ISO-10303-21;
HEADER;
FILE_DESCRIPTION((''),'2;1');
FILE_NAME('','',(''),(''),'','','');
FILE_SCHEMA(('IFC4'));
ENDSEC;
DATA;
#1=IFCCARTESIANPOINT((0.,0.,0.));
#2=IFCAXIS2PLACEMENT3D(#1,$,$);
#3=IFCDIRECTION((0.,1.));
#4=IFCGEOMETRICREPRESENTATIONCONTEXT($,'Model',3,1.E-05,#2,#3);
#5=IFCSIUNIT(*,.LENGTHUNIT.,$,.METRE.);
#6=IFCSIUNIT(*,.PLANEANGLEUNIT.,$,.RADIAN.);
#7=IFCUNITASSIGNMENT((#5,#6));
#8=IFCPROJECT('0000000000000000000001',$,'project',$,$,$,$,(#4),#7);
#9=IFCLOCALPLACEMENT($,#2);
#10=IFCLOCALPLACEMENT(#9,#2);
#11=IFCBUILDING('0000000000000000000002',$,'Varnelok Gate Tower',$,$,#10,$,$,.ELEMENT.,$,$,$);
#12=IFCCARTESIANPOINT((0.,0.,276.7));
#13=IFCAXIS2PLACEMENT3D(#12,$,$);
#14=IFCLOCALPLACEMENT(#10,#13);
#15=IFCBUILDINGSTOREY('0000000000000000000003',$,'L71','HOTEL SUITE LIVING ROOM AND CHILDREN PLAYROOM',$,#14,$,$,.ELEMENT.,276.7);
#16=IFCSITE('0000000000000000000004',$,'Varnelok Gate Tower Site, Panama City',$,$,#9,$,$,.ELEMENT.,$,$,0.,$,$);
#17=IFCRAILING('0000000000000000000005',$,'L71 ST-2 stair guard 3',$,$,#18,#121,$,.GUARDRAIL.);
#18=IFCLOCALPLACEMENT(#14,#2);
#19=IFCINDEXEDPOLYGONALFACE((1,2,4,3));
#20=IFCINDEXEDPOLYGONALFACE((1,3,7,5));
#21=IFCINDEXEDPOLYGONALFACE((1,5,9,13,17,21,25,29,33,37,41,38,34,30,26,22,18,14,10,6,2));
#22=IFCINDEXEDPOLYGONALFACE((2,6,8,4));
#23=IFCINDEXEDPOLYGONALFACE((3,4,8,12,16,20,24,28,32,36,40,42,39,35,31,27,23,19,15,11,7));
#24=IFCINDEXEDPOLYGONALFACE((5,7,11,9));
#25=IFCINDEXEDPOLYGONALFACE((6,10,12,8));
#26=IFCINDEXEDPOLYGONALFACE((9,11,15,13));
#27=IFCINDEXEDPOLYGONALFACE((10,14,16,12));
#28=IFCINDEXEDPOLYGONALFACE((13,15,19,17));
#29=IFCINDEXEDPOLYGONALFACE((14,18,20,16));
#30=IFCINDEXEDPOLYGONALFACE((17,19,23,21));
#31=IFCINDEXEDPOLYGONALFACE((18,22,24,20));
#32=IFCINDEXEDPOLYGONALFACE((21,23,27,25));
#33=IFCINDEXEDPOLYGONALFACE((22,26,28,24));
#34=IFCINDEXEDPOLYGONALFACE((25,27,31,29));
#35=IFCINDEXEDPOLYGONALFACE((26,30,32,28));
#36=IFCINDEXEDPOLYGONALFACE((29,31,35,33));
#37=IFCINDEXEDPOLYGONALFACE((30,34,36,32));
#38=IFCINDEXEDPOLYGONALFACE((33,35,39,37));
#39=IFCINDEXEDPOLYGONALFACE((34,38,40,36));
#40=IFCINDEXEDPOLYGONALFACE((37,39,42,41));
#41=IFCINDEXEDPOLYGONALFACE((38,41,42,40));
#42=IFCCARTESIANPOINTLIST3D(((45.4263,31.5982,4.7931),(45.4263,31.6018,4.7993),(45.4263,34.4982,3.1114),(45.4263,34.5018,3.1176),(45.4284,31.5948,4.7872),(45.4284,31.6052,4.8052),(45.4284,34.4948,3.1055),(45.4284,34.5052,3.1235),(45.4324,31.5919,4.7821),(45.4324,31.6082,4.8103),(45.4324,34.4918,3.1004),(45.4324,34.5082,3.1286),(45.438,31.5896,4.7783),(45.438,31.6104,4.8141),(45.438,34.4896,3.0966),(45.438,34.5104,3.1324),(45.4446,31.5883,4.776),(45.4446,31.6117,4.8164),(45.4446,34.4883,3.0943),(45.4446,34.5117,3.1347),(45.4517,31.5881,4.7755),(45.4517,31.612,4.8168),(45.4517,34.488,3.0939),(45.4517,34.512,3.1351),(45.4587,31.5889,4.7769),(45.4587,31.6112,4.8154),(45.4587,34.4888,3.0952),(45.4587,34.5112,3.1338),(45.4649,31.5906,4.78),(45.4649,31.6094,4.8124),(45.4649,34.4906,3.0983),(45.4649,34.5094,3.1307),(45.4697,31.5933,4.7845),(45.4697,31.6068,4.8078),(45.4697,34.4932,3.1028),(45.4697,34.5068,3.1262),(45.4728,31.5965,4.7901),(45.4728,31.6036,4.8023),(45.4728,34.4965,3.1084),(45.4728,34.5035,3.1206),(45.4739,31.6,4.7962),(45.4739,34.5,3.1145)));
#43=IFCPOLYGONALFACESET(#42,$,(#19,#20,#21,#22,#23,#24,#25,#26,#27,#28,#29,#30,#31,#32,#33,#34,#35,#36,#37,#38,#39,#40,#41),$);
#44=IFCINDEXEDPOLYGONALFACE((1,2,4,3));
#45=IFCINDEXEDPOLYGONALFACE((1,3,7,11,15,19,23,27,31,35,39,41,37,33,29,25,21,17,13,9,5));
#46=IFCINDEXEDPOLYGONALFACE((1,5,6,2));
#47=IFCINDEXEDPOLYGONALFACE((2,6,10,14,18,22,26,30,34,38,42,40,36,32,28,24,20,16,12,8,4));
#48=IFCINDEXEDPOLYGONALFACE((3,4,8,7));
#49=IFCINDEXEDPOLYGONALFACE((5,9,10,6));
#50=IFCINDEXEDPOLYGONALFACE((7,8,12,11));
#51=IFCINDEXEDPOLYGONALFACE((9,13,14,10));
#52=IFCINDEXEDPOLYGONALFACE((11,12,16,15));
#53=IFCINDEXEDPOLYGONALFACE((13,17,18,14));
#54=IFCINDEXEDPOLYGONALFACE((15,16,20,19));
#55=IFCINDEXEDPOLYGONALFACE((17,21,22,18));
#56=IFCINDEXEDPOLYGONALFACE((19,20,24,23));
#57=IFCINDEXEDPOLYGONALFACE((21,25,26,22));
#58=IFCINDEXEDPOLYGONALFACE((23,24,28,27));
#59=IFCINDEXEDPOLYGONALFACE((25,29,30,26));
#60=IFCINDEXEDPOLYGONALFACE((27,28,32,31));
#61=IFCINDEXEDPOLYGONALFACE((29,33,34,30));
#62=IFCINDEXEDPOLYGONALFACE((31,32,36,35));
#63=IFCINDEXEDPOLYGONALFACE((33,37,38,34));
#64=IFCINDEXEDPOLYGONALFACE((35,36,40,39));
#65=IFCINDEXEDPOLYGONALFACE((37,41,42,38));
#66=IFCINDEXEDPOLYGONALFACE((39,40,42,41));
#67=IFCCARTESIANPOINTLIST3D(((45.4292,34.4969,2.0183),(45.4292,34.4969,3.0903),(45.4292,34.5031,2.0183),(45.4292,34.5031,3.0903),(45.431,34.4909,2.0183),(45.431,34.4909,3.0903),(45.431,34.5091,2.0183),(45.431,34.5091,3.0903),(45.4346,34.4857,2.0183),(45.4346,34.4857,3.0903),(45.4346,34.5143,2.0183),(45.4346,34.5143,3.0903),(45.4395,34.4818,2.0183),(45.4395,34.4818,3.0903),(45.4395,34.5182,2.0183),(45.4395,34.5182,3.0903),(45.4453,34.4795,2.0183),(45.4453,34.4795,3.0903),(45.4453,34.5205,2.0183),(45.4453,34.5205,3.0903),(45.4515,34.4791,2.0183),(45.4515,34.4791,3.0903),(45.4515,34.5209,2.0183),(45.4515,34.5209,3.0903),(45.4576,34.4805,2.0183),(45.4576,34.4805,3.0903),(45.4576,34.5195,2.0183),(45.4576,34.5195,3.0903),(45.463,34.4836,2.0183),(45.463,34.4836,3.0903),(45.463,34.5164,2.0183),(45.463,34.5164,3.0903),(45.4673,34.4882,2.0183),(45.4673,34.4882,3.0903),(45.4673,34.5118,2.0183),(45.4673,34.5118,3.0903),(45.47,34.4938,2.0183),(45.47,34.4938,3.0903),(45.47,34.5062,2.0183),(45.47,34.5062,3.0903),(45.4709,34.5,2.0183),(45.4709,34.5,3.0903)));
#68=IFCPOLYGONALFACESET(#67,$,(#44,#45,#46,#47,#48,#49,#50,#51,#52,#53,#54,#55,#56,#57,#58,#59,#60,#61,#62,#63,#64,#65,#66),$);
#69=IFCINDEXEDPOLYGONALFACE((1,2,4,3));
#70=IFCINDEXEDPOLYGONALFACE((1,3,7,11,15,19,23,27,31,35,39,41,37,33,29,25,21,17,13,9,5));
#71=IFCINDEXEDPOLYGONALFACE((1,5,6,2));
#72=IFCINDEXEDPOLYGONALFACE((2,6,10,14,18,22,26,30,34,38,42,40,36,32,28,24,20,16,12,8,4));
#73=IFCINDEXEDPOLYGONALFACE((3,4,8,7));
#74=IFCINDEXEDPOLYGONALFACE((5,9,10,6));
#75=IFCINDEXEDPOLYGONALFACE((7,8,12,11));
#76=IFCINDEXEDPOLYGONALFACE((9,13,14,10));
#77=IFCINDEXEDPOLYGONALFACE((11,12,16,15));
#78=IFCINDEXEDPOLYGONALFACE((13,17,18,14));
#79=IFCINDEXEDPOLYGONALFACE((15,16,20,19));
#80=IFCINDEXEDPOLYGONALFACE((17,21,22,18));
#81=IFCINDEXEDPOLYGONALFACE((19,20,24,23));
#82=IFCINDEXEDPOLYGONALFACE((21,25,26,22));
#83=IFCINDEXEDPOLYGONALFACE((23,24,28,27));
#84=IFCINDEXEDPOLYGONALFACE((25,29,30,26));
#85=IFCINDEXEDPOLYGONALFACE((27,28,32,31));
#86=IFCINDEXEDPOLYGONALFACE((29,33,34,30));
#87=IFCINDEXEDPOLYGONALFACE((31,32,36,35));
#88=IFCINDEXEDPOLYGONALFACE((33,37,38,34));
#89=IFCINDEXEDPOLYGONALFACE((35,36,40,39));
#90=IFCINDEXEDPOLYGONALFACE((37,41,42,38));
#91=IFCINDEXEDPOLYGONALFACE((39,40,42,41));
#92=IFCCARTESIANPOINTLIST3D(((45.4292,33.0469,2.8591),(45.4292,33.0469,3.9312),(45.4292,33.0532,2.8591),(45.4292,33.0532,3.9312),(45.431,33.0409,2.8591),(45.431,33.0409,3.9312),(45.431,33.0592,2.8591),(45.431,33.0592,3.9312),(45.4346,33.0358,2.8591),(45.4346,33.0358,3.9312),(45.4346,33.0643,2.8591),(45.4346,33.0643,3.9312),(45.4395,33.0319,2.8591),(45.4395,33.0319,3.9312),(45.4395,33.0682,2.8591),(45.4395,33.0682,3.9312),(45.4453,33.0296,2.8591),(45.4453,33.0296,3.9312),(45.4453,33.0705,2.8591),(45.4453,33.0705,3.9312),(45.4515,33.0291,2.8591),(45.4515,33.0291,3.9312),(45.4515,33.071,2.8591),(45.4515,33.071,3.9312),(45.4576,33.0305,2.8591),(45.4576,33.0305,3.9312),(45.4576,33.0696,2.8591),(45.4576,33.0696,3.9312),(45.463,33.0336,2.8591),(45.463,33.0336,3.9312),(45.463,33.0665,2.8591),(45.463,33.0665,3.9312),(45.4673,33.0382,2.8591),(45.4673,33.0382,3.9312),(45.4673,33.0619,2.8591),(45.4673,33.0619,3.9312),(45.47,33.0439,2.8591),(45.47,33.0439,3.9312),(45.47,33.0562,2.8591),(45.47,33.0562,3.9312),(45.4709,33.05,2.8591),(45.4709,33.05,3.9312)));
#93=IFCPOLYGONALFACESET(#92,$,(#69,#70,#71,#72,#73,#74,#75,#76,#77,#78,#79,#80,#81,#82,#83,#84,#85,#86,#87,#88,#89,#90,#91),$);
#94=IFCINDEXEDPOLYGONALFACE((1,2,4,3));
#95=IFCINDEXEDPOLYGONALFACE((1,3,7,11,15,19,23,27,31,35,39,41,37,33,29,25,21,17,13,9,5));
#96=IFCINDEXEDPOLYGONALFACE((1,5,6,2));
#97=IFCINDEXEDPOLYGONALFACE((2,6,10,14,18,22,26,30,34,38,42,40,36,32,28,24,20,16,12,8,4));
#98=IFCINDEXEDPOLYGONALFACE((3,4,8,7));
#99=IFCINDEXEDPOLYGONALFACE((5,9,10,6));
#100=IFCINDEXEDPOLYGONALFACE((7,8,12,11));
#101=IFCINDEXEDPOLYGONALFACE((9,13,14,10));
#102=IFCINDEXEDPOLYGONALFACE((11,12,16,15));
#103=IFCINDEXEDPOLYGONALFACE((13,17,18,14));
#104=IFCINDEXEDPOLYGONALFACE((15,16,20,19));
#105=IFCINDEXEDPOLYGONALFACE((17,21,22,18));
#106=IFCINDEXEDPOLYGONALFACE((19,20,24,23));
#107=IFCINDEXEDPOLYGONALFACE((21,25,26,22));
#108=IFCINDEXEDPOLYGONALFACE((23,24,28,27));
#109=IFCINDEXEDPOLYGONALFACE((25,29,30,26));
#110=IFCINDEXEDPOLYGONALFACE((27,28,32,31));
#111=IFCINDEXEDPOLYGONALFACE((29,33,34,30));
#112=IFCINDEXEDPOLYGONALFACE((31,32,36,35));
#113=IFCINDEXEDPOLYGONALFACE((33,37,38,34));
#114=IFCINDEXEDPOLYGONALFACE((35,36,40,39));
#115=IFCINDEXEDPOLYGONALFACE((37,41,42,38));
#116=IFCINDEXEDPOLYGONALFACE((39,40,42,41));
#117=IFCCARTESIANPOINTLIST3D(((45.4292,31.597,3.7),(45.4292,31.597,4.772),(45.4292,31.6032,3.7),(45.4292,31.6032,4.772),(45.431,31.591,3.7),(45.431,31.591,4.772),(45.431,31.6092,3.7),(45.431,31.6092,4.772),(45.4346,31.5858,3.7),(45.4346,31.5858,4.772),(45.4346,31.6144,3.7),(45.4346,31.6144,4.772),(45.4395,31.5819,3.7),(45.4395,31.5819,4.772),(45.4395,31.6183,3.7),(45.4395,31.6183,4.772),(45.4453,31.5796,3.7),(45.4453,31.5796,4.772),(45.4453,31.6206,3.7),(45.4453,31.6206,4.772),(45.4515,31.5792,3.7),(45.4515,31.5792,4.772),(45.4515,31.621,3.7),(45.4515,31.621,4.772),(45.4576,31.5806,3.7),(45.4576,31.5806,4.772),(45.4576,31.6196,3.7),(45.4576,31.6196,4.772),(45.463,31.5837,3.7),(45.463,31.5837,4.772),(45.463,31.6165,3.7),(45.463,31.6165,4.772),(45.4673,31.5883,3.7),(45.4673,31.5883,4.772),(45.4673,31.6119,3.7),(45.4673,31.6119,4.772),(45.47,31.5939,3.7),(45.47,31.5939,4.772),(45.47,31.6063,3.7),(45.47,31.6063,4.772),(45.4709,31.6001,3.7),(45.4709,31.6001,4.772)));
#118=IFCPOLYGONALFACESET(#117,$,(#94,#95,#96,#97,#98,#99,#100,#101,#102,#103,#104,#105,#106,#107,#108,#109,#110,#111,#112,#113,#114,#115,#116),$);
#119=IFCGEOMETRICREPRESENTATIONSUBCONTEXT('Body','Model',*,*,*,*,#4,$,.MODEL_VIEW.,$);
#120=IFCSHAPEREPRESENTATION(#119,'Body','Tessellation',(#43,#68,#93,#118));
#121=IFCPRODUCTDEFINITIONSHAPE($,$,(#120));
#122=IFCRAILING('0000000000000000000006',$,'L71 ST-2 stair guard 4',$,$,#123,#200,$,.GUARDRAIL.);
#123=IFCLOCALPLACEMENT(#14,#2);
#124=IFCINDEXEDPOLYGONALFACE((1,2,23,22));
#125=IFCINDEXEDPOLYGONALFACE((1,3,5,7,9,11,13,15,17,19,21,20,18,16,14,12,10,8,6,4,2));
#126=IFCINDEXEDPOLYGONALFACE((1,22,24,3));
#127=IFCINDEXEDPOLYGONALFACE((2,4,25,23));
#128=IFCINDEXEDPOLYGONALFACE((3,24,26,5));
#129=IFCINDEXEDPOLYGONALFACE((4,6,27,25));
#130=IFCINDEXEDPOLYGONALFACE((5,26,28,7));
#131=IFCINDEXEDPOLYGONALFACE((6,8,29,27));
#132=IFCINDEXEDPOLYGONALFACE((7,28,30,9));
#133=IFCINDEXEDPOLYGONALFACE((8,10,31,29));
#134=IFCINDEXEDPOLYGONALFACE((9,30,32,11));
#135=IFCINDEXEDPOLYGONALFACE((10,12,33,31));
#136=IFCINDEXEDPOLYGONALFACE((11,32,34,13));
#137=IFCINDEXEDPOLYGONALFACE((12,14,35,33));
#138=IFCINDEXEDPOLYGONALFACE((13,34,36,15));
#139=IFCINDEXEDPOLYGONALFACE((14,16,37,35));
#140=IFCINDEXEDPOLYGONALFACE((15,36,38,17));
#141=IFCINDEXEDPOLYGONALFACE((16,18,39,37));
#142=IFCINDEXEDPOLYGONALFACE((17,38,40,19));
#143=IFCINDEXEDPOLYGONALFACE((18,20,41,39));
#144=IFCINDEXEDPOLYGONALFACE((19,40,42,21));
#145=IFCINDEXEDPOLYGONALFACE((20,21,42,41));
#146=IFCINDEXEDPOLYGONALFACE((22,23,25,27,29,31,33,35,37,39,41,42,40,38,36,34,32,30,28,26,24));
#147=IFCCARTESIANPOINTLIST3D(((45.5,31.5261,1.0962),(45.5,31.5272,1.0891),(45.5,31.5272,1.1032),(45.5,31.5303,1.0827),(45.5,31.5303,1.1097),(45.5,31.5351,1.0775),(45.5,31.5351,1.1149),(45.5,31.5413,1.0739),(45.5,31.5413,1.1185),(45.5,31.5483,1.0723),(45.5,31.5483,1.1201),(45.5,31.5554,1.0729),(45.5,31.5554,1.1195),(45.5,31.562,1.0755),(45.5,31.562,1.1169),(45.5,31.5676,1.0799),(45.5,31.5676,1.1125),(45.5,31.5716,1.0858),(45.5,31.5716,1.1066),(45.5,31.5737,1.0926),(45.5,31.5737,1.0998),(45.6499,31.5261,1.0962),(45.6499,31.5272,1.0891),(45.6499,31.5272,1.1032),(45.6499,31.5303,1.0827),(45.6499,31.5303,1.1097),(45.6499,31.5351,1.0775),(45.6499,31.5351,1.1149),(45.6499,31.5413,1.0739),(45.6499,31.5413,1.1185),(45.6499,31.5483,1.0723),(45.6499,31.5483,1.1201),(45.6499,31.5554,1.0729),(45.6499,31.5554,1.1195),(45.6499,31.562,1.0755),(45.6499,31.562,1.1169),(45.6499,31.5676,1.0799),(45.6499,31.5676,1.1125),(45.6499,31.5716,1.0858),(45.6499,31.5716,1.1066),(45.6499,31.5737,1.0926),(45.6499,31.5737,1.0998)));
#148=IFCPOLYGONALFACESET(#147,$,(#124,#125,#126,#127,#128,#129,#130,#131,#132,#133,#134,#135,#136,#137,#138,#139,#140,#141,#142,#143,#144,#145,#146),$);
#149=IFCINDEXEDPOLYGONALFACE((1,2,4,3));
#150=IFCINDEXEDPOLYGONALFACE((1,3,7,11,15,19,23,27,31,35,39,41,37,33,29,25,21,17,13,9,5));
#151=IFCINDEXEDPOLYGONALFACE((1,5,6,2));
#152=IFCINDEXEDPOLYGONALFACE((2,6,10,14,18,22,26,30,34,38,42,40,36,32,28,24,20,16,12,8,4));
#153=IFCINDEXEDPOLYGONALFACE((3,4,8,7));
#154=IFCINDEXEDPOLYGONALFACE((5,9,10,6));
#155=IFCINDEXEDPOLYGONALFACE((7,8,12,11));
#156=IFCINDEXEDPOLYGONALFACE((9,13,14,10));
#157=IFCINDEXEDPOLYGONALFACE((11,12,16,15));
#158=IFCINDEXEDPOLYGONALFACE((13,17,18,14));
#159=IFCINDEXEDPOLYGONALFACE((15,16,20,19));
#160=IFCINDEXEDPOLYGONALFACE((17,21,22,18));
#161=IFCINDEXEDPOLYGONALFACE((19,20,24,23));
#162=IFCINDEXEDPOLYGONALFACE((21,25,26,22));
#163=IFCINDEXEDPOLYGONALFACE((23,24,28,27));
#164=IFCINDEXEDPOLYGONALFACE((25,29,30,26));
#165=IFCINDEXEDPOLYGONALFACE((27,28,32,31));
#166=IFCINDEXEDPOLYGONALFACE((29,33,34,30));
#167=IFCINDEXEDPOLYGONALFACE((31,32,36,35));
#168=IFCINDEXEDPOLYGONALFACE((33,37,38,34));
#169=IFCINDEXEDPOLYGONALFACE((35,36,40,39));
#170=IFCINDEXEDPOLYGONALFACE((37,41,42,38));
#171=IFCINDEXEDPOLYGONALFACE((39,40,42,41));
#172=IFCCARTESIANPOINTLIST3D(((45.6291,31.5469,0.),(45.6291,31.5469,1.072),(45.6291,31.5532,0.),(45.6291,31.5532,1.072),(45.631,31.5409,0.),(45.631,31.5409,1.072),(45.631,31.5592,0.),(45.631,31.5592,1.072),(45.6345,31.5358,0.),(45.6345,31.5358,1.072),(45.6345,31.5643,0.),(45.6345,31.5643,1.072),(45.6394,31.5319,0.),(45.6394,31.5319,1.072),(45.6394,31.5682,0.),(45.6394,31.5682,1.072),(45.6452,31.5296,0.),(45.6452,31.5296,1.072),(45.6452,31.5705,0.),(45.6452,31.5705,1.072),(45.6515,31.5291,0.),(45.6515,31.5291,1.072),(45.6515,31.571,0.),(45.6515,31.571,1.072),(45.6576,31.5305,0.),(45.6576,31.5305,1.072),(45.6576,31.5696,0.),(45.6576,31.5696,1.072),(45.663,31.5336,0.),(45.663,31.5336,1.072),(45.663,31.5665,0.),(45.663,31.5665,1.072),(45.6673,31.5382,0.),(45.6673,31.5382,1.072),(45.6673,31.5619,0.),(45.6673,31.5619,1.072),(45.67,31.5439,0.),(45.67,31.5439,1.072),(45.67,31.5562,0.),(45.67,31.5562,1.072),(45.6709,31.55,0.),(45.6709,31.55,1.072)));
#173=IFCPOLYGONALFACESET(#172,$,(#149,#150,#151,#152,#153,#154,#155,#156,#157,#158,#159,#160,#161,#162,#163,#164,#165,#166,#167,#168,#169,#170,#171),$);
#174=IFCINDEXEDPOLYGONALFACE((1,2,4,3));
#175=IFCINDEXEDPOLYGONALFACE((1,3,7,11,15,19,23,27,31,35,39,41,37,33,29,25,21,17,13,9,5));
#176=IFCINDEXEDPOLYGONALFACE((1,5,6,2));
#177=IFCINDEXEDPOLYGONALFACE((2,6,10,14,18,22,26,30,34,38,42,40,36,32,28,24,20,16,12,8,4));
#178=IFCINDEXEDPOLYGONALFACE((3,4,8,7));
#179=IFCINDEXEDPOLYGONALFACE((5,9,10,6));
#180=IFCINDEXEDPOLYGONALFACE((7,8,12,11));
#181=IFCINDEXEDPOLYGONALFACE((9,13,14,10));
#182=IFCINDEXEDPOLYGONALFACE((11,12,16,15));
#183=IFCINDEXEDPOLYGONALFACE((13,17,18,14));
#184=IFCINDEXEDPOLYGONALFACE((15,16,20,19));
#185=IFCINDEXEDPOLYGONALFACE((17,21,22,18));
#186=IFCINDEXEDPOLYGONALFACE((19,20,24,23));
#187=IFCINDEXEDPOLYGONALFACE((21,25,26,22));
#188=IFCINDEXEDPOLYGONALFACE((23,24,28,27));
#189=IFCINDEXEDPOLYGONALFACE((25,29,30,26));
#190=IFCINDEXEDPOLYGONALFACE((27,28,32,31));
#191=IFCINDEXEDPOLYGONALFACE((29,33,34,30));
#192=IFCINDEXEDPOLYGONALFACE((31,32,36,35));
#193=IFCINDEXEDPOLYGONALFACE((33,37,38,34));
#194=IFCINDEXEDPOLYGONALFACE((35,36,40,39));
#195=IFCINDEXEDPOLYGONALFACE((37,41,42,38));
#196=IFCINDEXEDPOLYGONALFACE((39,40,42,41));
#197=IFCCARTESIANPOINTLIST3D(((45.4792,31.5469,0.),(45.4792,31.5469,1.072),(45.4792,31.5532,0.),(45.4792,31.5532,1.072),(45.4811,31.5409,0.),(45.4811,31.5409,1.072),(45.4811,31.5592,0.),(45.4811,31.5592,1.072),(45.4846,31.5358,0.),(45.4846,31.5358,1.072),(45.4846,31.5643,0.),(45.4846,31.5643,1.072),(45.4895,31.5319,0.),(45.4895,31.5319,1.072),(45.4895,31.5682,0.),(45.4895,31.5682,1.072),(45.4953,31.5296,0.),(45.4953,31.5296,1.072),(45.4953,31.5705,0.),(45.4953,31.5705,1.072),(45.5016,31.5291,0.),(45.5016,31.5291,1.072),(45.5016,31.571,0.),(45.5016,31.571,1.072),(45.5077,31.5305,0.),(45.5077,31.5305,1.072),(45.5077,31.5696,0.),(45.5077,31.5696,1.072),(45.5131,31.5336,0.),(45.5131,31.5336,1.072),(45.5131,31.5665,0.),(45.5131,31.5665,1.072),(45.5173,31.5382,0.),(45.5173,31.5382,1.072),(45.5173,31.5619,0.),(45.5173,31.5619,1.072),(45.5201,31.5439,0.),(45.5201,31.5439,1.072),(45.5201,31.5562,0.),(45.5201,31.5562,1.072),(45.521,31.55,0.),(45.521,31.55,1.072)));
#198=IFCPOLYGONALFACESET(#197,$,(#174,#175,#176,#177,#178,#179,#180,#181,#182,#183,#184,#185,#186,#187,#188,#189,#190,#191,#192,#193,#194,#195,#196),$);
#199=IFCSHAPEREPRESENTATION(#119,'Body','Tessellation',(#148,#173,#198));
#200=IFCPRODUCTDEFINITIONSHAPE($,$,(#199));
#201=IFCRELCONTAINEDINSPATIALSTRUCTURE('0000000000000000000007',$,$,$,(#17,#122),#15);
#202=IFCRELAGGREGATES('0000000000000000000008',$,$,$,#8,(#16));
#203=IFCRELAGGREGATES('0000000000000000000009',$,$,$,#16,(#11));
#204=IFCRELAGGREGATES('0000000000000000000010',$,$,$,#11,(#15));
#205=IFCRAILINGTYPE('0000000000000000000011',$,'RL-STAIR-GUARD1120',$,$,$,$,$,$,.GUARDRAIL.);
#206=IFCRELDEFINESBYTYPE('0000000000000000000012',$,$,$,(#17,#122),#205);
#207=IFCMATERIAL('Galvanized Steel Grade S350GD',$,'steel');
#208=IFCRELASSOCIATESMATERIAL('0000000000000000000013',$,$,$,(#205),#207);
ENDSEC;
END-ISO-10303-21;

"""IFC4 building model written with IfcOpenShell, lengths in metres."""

from ifc_helpers import new_model, si_unit, direction, frame, origin, origin_2d, place, context, subcontext, project, spatial, circle, extrude, material, type_object, element, save


model = new_model("IFC4")

# Units and contexts
model_context = context("Model", 3, precision=1e-05, world=origin(), true_north=direction((0.0, 1.0)))
body_context = subcontext(model_context, "Body", "Model", "MODEL_VIEW")
ifc_project = project(units=[si_unit("LENGTHUNIT", "METRE"), si_unit("PLANEANGLEUNIT", "RADIAN")], contexts=[model_context])

# Site, building, storey
site_placement = place(None, origin())
site = spatial("IfcSite", under=ifc_project, at=site_placement, Name="Varnelok Gate Tower Site, Panama City", CompositionType="ELEMENT", RefElevation=0.0)
building_placement = place(site_placement, origin())
building = spatial("IfcBuilding", under=site, at=building_placement, Name="Varnelok Gate Tower", CompositionType="ELEMENT")
storey_placement = place(building_placement, frame((0.0, 0.0, 276.7)))
storey = spatial("IfcBuildingStorey", under=building, at=storey_placement, Name="L71", Description="HOTEL SUITE LIVING ROOM AND CHILDREN PLAYROOM", CompositionType="ELEMENT", Elevation=276.7)

# Shared definitions
ifc_material_1 = material(Name="Galvanized Steel Grade S350GD", Category="steel")

# Railings
railing_type_1 = type_object("IfcRailingType", Name="RL-STAIR-GUARD1120", PredefinedType="GUARDRAIL", material=ifc_material_1)
railing_1_placement = place(storey_placement, frame((45.45, 34.5, 2.0183)))
element("IfcRailing", 1, at=railing_1_placement, inside=storey, type_object=railing_type_1, Name="L71 ST-2 stair guard 3", PredefinedType="GUARDRAIL", context=body_context, shape_type="SweptSolid", body=[
    extrude(circle(Radius=0.0239, at=origin_2d()), frame((0.0, 0.0, 1.0962), z_axis=(0.0, -0.86507, 0.501651), x_axis=(1.0, 0.0, 0.0)), (0.0, 0.0, 1.0), 3.3523),
    extrude(circle(Radius=0.021, at=origin_2d()), origin(), (0.0, 0.0, 1.0), 1.072),
    extrude(circle(Radius=0.021, at=origin_2d()), frame((0.0, -1.45, 0.8408)), (0.0, 0.0, 1.0), 1.072),
    extrude(circle(Radius=0.021, at=origin_2d()), frame((0.0, -2.8999, 1.6816)), (0.0, 0.0, 1.0), 1.072),
])
railing_2_placement = place(storey_placement, frame((45.6499, 31.55, 0.0)))
element("IfcRailing", 2, at=railing_2_placement, inside=storey, type_object=railing_type_1, Name="L71 ST-2 stair guard 4", PredefinedType="GUARDRAIL", context=body_context, shape_type="SweptSolid", body=[
    extrude(circle(Radius=0.0239, at=origin_2d()), frame((0.0, 0.0, 1.0962), z_axis=(-1.0, 0.0, 0.0), x_axis=(0.0, -1.0, 0.0)), (0.0, 0.0, 1.0), 0.1499),
    extrude(circle(Radius=0.021, at=origin_2d()), origin(), (0.0, 0.0, 1.0), 1.072),
    extrude(circle(Radius=0.021, at=origin_2d()), frame((-0.1499, 0.0, 0.0)), (0.0, 0.0, 1.0), 1.072),
])

save(model, "model.ifc")
